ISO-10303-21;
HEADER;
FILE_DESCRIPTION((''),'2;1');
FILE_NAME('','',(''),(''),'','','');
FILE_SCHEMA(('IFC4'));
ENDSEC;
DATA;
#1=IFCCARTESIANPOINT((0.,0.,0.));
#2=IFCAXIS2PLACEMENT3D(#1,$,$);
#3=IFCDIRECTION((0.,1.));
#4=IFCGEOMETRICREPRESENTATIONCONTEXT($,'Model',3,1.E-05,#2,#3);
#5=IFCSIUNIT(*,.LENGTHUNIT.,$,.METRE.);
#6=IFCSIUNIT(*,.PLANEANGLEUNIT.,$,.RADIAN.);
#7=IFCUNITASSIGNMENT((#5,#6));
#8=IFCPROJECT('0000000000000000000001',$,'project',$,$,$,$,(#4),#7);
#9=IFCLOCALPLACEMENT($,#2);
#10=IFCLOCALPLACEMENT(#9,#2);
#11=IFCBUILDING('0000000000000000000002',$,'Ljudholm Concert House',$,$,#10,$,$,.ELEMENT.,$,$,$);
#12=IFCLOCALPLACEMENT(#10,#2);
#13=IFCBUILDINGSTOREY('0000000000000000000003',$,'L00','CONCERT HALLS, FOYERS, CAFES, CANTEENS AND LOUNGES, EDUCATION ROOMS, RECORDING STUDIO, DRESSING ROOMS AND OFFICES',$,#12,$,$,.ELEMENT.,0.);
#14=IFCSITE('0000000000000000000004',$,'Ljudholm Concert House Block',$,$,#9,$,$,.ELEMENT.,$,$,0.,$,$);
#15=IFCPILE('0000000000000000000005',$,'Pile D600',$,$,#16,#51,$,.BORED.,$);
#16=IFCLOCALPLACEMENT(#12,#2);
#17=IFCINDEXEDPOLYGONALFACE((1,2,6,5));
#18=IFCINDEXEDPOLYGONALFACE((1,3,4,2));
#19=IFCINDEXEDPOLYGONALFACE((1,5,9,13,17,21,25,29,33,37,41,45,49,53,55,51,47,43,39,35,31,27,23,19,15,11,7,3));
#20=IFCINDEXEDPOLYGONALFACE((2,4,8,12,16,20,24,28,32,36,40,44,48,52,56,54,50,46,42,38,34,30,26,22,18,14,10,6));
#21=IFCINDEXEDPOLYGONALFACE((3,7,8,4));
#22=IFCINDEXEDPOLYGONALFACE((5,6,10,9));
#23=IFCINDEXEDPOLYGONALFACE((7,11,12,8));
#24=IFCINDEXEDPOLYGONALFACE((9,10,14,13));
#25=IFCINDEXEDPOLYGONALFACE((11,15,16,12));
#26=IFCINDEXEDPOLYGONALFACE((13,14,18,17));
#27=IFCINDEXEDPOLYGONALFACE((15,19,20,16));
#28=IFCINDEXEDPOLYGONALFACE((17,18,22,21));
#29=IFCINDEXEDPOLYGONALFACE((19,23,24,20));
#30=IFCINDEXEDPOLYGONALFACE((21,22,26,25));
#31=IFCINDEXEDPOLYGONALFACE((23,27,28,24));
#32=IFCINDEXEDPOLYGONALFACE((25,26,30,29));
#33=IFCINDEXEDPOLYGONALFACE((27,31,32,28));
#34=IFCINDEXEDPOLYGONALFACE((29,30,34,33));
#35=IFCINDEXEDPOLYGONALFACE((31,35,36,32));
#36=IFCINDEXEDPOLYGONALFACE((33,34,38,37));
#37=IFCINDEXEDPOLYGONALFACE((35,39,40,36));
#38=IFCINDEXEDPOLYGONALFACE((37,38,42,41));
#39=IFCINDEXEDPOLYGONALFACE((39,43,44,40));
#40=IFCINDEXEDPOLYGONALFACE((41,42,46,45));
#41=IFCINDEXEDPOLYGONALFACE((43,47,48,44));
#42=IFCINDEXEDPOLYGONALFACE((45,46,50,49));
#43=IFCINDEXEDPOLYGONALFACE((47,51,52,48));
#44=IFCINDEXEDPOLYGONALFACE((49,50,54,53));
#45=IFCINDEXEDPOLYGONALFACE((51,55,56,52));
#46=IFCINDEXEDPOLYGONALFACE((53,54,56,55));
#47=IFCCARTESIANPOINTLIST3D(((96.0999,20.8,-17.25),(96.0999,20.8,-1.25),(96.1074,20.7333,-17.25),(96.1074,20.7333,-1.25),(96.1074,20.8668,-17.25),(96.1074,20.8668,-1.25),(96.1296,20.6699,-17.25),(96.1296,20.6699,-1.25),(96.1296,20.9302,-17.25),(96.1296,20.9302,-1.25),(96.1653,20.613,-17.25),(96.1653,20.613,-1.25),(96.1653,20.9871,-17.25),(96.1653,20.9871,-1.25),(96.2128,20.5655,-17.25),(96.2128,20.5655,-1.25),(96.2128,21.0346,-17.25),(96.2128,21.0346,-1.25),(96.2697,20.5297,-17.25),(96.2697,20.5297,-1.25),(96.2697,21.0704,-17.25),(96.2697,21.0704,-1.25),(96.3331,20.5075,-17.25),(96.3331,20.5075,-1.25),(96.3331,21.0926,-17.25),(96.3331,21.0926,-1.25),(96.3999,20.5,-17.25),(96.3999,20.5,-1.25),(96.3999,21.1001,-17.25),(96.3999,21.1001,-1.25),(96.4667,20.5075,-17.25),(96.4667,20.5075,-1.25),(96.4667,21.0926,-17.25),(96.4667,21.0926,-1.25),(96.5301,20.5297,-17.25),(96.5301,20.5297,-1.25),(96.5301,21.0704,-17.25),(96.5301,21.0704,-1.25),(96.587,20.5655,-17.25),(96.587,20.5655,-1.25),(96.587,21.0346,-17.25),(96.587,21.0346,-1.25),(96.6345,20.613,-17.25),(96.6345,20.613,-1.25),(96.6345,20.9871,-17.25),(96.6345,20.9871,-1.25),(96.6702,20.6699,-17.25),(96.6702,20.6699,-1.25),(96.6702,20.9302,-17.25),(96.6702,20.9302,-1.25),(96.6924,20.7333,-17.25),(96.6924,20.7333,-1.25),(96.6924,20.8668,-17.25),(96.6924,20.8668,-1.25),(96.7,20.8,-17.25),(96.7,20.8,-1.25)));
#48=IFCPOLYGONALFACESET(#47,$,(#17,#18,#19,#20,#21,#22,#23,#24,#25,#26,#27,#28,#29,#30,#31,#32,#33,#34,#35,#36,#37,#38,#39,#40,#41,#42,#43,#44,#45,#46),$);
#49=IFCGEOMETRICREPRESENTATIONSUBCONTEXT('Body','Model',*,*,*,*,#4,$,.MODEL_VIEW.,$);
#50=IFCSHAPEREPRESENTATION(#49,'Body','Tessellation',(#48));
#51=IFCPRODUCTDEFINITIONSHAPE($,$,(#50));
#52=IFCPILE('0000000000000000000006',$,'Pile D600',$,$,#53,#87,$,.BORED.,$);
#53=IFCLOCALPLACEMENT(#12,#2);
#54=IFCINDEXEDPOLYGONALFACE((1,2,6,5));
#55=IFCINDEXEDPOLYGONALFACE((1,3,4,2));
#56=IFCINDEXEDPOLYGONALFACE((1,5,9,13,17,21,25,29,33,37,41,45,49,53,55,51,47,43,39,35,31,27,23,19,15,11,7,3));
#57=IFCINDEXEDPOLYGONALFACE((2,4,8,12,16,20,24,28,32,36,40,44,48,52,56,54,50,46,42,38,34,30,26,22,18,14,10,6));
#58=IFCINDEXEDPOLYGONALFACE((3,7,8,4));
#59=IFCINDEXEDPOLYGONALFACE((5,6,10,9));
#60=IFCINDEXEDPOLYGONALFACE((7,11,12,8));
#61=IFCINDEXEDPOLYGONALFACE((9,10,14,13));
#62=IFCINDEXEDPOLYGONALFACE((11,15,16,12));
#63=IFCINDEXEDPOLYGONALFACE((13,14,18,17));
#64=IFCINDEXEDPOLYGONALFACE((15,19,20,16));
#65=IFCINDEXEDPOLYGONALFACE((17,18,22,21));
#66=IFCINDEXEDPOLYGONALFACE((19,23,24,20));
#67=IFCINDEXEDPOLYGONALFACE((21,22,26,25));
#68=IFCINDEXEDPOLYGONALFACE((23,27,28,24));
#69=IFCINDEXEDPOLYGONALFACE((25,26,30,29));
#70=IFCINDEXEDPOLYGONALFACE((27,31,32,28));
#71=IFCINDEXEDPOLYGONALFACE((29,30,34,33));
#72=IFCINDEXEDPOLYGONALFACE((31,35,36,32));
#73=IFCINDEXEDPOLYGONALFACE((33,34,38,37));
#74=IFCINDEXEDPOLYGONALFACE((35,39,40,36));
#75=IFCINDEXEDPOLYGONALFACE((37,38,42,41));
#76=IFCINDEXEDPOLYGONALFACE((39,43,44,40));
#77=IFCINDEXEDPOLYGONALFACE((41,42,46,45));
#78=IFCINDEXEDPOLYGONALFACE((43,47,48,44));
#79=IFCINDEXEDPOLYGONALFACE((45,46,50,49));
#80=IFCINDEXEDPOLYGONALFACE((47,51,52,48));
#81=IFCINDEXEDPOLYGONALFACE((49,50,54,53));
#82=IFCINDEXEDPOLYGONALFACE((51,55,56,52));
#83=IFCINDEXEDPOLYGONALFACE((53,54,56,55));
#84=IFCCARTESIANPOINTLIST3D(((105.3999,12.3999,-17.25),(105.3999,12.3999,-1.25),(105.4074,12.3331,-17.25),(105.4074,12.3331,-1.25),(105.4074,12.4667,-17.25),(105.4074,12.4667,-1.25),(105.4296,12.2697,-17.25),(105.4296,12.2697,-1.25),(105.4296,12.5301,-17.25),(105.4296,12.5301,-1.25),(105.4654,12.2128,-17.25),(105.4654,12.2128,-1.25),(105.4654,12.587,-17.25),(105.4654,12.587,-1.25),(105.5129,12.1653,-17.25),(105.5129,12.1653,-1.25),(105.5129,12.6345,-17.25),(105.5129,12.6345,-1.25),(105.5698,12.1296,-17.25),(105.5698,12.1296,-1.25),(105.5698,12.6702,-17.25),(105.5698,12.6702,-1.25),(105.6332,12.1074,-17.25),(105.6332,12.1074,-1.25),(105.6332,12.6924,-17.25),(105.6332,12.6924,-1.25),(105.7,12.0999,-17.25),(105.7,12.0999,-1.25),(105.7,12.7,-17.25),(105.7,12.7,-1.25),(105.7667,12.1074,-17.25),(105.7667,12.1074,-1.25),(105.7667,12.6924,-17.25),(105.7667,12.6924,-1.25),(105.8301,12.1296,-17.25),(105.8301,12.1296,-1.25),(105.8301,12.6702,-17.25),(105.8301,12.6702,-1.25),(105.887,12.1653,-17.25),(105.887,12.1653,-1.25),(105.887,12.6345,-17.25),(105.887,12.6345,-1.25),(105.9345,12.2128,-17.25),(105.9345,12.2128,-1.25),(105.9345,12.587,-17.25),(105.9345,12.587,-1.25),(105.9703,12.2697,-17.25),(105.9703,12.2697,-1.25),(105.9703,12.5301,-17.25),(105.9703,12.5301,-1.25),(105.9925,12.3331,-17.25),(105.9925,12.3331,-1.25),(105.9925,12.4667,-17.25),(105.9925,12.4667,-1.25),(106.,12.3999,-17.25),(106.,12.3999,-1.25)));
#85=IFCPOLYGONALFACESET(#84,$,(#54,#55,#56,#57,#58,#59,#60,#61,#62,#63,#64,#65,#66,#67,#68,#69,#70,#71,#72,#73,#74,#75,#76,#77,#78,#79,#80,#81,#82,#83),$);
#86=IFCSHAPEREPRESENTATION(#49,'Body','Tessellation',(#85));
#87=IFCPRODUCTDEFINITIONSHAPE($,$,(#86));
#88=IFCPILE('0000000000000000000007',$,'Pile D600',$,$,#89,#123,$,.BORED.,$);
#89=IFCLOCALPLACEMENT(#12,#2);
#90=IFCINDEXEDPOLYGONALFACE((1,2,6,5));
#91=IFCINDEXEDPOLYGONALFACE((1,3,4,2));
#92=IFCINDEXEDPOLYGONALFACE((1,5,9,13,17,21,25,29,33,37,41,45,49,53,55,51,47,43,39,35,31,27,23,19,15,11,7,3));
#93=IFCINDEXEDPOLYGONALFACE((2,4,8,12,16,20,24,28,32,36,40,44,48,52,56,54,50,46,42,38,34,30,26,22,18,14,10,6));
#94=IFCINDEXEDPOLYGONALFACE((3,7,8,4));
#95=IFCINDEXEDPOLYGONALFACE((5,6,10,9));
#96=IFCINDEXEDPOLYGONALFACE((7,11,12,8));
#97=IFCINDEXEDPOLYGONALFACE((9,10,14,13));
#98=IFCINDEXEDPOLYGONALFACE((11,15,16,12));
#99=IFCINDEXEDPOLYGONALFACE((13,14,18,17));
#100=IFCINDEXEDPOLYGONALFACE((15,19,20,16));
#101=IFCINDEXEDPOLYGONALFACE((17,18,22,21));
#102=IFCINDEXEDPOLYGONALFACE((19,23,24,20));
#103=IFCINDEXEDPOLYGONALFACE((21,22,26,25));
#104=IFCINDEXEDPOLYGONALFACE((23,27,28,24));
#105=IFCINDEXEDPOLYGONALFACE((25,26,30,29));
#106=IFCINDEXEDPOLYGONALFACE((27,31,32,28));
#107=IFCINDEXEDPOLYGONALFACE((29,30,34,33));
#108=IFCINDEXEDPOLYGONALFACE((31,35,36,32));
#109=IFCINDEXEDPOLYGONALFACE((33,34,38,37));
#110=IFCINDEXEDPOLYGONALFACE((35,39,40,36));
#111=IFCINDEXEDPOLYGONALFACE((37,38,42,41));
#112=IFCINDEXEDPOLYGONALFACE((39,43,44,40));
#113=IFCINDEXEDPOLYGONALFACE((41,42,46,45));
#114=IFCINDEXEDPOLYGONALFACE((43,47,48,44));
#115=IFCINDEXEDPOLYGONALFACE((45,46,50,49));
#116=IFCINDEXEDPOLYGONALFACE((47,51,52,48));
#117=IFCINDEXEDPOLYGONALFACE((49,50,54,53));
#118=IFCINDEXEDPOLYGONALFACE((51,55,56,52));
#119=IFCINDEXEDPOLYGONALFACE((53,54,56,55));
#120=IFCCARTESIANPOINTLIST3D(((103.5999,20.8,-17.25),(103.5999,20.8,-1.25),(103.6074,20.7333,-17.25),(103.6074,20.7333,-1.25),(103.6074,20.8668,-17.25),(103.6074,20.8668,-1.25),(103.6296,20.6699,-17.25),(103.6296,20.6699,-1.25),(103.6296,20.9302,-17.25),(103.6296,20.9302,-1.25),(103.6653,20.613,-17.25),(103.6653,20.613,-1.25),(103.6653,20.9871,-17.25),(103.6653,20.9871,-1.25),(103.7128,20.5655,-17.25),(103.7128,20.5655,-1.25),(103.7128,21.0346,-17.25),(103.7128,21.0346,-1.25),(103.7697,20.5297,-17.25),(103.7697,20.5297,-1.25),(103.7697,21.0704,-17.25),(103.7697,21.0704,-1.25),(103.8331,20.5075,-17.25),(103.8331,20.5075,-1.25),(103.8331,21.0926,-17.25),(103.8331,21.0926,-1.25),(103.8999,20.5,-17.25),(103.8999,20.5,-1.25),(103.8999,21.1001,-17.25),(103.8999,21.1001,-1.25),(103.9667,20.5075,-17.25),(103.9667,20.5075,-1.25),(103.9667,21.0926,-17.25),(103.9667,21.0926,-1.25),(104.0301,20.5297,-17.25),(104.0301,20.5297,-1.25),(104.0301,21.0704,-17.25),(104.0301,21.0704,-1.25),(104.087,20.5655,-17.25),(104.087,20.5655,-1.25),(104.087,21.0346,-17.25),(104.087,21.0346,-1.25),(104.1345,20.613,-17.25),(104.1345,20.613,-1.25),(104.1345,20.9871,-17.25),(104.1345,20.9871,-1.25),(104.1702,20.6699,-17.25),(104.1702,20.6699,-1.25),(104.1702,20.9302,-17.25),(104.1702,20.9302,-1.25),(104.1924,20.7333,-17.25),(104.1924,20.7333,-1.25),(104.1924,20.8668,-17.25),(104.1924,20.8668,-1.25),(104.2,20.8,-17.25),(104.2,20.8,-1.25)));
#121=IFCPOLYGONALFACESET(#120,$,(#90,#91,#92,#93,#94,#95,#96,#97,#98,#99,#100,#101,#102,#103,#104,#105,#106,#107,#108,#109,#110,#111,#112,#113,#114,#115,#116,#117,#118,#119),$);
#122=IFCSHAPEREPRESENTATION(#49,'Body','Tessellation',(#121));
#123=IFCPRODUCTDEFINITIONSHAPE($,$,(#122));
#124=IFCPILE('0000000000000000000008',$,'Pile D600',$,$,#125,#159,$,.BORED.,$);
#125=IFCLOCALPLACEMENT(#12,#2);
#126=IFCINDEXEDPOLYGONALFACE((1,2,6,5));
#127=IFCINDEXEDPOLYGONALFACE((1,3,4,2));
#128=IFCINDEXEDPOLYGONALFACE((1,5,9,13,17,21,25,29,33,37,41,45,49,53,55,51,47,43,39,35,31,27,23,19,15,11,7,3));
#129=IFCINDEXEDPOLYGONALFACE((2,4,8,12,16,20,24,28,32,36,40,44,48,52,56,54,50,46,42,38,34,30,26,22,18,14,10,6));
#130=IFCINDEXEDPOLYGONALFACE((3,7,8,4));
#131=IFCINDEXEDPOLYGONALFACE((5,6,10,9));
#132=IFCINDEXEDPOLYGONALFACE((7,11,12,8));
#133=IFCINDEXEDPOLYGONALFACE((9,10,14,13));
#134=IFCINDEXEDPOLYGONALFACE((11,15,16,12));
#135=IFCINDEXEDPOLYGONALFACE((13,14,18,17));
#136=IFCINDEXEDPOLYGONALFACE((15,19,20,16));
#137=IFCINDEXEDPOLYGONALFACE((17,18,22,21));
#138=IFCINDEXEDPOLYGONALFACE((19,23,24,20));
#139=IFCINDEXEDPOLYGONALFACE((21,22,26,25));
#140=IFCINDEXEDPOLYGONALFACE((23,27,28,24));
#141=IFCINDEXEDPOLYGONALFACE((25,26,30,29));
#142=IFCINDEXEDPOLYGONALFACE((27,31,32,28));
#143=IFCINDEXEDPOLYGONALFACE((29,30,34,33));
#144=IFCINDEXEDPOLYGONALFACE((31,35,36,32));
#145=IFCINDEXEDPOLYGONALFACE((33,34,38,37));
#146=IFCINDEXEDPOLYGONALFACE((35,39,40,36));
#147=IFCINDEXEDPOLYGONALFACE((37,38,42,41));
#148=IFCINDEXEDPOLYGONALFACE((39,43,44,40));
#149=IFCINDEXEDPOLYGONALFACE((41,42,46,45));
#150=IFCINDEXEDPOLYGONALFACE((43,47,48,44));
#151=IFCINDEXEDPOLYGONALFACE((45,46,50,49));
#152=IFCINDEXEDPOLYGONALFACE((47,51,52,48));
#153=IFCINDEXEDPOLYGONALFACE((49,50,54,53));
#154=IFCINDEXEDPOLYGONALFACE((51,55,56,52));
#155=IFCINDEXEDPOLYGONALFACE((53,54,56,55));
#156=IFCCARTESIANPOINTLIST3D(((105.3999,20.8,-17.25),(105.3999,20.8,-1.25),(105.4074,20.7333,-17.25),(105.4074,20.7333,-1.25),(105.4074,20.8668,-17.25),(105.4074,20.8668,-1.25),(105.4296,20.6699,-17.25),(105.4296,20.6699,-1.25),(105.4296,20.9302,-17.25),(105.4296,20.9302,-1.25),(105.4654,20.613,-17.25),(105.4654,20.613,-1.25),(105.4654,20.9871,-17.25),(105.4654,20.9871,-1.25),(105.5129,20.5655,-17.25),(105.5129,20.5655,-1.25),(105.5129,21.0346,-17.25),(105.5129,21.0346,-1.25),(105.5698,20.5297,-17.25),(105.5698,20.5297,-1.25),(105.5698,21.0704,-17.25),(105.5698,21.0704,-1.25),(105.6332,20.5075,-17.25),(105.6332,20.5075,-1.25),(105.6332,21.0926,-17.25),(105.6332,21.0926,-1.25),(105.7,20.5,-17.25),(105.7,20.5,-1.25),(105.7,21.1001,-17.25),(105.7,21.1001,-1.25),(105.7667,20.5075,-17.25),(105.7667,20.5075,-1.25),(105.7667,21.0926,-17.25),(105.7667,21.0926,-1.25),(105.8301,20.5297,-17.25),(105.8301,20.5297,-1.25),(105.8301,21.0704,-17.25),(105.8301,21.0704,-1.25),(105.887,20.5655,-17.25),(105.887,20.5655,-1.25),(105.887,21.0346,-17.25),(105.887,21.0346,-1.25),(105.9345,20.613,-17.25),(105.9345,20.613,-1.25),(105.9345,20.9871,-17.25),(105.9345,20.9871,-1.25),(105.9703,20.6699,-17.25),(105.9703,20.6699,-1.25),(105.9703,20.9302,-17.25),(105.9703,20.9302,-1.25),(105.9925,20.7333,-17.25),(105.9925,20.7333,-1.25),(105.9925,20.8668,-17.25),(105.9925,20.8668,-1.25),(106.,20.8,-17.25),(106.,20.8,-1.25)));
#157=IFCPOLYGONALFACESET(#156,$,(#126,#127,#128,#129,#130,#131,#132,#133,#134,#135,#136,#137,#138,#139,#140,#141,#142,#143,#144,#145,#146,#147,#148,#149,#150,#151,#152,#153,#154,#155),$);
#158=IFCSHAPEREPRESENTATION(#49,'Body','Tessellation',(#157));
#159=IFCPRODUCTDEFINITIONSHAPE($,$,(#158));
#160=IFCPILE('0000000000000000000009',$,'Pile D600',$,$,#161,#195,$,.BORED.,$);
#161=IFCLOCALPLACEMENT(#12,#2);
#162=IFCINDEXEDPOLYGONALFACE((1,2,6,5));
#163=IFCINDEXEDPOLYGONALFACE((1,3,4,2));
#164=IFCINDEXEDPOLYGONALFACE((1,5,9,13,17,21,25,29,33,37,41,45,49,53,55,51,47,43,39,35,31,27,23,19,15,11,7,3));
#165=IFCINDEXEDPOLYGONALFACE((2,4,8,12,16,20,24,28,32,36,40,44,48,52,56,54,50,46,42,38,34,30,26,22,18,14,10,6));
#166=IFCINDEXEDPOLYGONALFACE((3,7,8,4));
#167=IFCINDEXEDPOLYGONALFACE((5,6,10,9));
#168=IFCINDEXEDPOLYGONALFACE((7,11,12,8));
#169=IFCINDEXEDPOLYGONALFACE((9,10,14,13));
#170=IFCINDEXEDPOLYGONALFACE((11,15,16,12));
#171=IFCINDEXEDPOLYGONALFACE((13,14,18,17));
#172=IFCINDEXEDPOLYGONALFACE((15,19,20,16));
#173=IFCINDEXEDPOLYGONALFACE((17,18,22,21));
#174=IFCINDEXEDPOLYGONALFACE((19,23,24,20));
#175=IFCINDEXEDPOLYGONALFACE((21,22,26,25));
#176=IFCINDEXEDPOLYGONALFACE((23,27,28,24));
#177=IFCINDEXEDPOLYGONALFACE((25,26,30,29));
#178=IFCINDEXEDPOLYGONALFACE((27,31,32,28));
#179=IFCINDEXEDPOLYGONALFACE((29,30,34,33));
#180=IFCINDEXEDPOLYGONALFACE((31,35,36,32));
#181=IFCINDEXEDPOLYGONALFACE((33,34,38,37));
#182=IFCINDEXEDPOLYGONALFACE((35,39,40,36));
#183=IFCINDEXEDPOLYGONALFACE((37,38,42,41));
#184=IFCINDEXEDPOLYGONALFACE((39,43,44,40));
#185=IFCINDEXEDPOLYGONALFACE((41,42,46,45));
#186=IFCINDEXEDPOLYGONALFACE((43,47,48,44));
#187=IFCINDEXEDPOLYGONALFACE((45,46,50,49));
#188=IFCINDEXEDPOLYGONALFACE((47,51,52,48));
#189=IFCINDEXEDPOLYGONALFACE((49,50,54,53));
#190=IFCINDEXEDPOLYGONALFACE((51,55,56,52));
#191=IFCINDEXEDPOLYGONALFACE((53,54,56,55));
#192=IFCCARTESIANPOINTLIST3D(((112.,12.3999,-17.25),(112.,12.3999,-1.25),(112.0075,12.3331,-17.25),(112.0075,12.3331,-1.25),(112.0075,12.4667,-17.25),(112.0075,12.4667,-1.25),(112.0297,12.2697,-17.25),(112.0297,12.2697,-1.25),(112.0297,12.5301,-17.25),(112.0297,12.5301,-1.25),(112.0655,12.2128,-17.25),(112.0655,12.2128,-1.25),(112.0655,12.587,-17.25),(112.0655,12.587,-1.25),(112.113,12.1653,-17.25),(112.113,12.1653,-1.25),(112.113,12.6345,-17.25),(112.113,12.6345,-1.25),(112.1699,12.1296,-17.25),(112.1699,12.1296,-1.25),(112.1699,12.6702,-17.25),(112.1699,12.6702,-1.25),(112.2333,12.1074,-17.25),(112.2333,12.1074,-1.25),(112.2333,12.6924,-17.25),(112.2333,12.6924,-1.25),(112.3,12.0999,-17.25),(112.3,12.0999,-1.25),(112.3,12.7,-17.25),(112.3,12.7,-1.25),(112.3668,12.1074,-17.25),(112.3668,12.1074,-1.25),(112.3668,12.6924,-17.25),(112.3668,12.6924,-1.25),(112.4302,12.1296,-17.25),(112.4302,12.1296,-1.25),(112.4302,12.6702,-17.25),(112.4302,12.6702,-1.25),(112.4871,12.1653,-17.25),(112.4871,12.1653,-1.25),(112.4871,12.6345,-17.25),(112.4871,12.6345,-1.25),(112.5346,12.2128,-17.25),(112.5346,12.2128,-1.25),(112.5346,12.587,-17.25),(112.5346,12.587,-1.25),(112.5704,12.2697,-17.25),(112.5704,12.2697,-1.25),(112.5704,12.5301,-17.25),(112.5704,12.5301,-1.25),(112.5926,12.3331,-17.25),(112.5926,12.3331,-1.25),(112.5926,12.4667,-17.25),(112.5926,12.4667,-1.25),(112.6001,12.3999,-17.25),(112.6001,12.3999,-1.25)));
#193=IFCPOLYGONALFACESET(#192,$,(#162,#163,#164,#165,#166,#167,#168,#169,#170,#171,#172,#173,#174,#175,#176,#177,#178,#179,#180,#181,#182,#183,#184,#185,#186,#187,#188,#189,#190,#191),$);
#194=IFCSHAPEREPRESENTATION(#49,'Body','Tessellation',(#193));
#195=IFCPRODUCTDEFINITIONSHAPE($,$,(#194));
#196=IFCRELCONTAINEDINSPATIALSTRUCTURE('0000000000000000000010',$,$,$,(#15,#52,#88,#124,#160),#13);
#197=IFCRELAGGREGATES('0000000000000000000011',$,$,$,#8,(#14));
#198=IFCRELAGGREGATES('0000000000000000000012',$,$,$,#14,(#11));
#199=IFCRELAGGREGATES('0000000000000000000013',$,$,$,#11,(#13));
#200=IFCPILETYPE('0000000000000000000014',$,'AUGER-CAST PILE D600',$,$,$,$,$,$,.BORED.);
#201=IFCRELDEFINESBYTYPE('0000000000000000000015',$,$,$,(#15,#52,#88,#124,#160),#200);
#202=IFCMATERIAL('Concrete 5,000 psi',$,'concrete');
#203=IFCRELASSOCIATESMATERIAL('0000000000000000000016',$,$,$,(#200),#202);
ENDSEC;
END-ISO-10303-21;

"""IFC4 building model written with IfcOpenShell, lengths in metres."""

from ifc_helpers import new_model, si_unit, direction, frame, origin, origin_2d, place, context, subcontext, project, spatial, circle, extrude, material, material_profile, profile_set, type_object, element, save


model = new_model("IFC4")

# Units and contexts
model_context = context("Model", 3, precision=1e-05, world=origin(), true_north=direction((0.0, 1.0)))
body_context = subcontext(model_context, "Body", "Model", "MODEL_VIEW")
ifc_project = project(units=[si_unit("LENGTHUNIT", "METRE"), si_unit("PLANEANGLEUNIT", "RADIAN")], contexts=[model_context])

# Site, building, storey
site_placement = place(None, origin())
site = spatial("IfcSite", under=ifc_project, at=site_placement, Name="Ljudholm Concert House Block", CompositionType="ELEMENT", RefElevation=0.0)
building_placement = place(site_placement, origin())
building = spatial("IfcBuilding", under=site, at=building_placement, Name="Ljudholm Concert House", CompositionType="ELEMENT")
storey_placement = place(building_placement, origin())
storey = spatial("IfcBuildingStorey", under=building, at=storey_placement, Name="L00", Description="CONCERT HALLS, FOYERS, CAFES, CANTEENS AND LOUNGES, EDUCATION ROOMS, RECORDING STUDIO, DRESSING ROOMS AND OFFICES", CompositionType="ELEMENT", Elevation=0.0)

# Piles
ifc_material_1 = material(Name="Concrete 5,000 psi", Category="concrete")
ifc_material_profile_1 = material_profile(ifc_material_1, circle(Radius=0.3, at=origin_2d()), Name="AUGER-CAST PILE D600")
ifc_profile_set_1 = profile_set([ifc_material_profile_1], Name="Concrete 5,000 psi")
pile_type = type_object("IfcPileType", Name="AUGER-CAST PILE D600", PredefinedType="BORED", material=ifc_profile_set_1)
for number, where, z_axis, x_axis, name in (
    (1, (96.3999, 20.8, -1.25), (0.0, 0.0, -1.0), (1.0, 0.0, 0.0), "Pile D600"),
    (2, (105.7, 12.3999, -1.25), (0.0, 0.0, -1.0), (1.0, 0.0, 0.0), "Pile D600"),
    (3, (103.8999, 20.8, -1.25), (0.0, 0.0, -1.0), (1.0, 0.0, 0.0), "Pile D600"),
    (4, (105.7, 20.8, -1.25), (0.0, 0.0, -1.0), (1.0, 0.0, 0.0), "Pile D600"),
    (5, (112.3, 12.3999, -1.25), (0.0, 0.0, -1.0), (1.0, 0.0, 0.0), "Pile D600"),
):
    element("IfcPile", number, at=place(storey_placement, frame(where, z_axis=z_axis, x_axis=x_axis)), inside=storey, type_object=pile_type, Name=name, PredefinedType="BORED", context=body_context, shape_type="SweptSolid", body=[
        extrude(circle(Radius=0.3, at=origin_2d()), origin(), (0.0, 0.0, 1.0), 16.0),
    ])

save(model, "model.ifc")
